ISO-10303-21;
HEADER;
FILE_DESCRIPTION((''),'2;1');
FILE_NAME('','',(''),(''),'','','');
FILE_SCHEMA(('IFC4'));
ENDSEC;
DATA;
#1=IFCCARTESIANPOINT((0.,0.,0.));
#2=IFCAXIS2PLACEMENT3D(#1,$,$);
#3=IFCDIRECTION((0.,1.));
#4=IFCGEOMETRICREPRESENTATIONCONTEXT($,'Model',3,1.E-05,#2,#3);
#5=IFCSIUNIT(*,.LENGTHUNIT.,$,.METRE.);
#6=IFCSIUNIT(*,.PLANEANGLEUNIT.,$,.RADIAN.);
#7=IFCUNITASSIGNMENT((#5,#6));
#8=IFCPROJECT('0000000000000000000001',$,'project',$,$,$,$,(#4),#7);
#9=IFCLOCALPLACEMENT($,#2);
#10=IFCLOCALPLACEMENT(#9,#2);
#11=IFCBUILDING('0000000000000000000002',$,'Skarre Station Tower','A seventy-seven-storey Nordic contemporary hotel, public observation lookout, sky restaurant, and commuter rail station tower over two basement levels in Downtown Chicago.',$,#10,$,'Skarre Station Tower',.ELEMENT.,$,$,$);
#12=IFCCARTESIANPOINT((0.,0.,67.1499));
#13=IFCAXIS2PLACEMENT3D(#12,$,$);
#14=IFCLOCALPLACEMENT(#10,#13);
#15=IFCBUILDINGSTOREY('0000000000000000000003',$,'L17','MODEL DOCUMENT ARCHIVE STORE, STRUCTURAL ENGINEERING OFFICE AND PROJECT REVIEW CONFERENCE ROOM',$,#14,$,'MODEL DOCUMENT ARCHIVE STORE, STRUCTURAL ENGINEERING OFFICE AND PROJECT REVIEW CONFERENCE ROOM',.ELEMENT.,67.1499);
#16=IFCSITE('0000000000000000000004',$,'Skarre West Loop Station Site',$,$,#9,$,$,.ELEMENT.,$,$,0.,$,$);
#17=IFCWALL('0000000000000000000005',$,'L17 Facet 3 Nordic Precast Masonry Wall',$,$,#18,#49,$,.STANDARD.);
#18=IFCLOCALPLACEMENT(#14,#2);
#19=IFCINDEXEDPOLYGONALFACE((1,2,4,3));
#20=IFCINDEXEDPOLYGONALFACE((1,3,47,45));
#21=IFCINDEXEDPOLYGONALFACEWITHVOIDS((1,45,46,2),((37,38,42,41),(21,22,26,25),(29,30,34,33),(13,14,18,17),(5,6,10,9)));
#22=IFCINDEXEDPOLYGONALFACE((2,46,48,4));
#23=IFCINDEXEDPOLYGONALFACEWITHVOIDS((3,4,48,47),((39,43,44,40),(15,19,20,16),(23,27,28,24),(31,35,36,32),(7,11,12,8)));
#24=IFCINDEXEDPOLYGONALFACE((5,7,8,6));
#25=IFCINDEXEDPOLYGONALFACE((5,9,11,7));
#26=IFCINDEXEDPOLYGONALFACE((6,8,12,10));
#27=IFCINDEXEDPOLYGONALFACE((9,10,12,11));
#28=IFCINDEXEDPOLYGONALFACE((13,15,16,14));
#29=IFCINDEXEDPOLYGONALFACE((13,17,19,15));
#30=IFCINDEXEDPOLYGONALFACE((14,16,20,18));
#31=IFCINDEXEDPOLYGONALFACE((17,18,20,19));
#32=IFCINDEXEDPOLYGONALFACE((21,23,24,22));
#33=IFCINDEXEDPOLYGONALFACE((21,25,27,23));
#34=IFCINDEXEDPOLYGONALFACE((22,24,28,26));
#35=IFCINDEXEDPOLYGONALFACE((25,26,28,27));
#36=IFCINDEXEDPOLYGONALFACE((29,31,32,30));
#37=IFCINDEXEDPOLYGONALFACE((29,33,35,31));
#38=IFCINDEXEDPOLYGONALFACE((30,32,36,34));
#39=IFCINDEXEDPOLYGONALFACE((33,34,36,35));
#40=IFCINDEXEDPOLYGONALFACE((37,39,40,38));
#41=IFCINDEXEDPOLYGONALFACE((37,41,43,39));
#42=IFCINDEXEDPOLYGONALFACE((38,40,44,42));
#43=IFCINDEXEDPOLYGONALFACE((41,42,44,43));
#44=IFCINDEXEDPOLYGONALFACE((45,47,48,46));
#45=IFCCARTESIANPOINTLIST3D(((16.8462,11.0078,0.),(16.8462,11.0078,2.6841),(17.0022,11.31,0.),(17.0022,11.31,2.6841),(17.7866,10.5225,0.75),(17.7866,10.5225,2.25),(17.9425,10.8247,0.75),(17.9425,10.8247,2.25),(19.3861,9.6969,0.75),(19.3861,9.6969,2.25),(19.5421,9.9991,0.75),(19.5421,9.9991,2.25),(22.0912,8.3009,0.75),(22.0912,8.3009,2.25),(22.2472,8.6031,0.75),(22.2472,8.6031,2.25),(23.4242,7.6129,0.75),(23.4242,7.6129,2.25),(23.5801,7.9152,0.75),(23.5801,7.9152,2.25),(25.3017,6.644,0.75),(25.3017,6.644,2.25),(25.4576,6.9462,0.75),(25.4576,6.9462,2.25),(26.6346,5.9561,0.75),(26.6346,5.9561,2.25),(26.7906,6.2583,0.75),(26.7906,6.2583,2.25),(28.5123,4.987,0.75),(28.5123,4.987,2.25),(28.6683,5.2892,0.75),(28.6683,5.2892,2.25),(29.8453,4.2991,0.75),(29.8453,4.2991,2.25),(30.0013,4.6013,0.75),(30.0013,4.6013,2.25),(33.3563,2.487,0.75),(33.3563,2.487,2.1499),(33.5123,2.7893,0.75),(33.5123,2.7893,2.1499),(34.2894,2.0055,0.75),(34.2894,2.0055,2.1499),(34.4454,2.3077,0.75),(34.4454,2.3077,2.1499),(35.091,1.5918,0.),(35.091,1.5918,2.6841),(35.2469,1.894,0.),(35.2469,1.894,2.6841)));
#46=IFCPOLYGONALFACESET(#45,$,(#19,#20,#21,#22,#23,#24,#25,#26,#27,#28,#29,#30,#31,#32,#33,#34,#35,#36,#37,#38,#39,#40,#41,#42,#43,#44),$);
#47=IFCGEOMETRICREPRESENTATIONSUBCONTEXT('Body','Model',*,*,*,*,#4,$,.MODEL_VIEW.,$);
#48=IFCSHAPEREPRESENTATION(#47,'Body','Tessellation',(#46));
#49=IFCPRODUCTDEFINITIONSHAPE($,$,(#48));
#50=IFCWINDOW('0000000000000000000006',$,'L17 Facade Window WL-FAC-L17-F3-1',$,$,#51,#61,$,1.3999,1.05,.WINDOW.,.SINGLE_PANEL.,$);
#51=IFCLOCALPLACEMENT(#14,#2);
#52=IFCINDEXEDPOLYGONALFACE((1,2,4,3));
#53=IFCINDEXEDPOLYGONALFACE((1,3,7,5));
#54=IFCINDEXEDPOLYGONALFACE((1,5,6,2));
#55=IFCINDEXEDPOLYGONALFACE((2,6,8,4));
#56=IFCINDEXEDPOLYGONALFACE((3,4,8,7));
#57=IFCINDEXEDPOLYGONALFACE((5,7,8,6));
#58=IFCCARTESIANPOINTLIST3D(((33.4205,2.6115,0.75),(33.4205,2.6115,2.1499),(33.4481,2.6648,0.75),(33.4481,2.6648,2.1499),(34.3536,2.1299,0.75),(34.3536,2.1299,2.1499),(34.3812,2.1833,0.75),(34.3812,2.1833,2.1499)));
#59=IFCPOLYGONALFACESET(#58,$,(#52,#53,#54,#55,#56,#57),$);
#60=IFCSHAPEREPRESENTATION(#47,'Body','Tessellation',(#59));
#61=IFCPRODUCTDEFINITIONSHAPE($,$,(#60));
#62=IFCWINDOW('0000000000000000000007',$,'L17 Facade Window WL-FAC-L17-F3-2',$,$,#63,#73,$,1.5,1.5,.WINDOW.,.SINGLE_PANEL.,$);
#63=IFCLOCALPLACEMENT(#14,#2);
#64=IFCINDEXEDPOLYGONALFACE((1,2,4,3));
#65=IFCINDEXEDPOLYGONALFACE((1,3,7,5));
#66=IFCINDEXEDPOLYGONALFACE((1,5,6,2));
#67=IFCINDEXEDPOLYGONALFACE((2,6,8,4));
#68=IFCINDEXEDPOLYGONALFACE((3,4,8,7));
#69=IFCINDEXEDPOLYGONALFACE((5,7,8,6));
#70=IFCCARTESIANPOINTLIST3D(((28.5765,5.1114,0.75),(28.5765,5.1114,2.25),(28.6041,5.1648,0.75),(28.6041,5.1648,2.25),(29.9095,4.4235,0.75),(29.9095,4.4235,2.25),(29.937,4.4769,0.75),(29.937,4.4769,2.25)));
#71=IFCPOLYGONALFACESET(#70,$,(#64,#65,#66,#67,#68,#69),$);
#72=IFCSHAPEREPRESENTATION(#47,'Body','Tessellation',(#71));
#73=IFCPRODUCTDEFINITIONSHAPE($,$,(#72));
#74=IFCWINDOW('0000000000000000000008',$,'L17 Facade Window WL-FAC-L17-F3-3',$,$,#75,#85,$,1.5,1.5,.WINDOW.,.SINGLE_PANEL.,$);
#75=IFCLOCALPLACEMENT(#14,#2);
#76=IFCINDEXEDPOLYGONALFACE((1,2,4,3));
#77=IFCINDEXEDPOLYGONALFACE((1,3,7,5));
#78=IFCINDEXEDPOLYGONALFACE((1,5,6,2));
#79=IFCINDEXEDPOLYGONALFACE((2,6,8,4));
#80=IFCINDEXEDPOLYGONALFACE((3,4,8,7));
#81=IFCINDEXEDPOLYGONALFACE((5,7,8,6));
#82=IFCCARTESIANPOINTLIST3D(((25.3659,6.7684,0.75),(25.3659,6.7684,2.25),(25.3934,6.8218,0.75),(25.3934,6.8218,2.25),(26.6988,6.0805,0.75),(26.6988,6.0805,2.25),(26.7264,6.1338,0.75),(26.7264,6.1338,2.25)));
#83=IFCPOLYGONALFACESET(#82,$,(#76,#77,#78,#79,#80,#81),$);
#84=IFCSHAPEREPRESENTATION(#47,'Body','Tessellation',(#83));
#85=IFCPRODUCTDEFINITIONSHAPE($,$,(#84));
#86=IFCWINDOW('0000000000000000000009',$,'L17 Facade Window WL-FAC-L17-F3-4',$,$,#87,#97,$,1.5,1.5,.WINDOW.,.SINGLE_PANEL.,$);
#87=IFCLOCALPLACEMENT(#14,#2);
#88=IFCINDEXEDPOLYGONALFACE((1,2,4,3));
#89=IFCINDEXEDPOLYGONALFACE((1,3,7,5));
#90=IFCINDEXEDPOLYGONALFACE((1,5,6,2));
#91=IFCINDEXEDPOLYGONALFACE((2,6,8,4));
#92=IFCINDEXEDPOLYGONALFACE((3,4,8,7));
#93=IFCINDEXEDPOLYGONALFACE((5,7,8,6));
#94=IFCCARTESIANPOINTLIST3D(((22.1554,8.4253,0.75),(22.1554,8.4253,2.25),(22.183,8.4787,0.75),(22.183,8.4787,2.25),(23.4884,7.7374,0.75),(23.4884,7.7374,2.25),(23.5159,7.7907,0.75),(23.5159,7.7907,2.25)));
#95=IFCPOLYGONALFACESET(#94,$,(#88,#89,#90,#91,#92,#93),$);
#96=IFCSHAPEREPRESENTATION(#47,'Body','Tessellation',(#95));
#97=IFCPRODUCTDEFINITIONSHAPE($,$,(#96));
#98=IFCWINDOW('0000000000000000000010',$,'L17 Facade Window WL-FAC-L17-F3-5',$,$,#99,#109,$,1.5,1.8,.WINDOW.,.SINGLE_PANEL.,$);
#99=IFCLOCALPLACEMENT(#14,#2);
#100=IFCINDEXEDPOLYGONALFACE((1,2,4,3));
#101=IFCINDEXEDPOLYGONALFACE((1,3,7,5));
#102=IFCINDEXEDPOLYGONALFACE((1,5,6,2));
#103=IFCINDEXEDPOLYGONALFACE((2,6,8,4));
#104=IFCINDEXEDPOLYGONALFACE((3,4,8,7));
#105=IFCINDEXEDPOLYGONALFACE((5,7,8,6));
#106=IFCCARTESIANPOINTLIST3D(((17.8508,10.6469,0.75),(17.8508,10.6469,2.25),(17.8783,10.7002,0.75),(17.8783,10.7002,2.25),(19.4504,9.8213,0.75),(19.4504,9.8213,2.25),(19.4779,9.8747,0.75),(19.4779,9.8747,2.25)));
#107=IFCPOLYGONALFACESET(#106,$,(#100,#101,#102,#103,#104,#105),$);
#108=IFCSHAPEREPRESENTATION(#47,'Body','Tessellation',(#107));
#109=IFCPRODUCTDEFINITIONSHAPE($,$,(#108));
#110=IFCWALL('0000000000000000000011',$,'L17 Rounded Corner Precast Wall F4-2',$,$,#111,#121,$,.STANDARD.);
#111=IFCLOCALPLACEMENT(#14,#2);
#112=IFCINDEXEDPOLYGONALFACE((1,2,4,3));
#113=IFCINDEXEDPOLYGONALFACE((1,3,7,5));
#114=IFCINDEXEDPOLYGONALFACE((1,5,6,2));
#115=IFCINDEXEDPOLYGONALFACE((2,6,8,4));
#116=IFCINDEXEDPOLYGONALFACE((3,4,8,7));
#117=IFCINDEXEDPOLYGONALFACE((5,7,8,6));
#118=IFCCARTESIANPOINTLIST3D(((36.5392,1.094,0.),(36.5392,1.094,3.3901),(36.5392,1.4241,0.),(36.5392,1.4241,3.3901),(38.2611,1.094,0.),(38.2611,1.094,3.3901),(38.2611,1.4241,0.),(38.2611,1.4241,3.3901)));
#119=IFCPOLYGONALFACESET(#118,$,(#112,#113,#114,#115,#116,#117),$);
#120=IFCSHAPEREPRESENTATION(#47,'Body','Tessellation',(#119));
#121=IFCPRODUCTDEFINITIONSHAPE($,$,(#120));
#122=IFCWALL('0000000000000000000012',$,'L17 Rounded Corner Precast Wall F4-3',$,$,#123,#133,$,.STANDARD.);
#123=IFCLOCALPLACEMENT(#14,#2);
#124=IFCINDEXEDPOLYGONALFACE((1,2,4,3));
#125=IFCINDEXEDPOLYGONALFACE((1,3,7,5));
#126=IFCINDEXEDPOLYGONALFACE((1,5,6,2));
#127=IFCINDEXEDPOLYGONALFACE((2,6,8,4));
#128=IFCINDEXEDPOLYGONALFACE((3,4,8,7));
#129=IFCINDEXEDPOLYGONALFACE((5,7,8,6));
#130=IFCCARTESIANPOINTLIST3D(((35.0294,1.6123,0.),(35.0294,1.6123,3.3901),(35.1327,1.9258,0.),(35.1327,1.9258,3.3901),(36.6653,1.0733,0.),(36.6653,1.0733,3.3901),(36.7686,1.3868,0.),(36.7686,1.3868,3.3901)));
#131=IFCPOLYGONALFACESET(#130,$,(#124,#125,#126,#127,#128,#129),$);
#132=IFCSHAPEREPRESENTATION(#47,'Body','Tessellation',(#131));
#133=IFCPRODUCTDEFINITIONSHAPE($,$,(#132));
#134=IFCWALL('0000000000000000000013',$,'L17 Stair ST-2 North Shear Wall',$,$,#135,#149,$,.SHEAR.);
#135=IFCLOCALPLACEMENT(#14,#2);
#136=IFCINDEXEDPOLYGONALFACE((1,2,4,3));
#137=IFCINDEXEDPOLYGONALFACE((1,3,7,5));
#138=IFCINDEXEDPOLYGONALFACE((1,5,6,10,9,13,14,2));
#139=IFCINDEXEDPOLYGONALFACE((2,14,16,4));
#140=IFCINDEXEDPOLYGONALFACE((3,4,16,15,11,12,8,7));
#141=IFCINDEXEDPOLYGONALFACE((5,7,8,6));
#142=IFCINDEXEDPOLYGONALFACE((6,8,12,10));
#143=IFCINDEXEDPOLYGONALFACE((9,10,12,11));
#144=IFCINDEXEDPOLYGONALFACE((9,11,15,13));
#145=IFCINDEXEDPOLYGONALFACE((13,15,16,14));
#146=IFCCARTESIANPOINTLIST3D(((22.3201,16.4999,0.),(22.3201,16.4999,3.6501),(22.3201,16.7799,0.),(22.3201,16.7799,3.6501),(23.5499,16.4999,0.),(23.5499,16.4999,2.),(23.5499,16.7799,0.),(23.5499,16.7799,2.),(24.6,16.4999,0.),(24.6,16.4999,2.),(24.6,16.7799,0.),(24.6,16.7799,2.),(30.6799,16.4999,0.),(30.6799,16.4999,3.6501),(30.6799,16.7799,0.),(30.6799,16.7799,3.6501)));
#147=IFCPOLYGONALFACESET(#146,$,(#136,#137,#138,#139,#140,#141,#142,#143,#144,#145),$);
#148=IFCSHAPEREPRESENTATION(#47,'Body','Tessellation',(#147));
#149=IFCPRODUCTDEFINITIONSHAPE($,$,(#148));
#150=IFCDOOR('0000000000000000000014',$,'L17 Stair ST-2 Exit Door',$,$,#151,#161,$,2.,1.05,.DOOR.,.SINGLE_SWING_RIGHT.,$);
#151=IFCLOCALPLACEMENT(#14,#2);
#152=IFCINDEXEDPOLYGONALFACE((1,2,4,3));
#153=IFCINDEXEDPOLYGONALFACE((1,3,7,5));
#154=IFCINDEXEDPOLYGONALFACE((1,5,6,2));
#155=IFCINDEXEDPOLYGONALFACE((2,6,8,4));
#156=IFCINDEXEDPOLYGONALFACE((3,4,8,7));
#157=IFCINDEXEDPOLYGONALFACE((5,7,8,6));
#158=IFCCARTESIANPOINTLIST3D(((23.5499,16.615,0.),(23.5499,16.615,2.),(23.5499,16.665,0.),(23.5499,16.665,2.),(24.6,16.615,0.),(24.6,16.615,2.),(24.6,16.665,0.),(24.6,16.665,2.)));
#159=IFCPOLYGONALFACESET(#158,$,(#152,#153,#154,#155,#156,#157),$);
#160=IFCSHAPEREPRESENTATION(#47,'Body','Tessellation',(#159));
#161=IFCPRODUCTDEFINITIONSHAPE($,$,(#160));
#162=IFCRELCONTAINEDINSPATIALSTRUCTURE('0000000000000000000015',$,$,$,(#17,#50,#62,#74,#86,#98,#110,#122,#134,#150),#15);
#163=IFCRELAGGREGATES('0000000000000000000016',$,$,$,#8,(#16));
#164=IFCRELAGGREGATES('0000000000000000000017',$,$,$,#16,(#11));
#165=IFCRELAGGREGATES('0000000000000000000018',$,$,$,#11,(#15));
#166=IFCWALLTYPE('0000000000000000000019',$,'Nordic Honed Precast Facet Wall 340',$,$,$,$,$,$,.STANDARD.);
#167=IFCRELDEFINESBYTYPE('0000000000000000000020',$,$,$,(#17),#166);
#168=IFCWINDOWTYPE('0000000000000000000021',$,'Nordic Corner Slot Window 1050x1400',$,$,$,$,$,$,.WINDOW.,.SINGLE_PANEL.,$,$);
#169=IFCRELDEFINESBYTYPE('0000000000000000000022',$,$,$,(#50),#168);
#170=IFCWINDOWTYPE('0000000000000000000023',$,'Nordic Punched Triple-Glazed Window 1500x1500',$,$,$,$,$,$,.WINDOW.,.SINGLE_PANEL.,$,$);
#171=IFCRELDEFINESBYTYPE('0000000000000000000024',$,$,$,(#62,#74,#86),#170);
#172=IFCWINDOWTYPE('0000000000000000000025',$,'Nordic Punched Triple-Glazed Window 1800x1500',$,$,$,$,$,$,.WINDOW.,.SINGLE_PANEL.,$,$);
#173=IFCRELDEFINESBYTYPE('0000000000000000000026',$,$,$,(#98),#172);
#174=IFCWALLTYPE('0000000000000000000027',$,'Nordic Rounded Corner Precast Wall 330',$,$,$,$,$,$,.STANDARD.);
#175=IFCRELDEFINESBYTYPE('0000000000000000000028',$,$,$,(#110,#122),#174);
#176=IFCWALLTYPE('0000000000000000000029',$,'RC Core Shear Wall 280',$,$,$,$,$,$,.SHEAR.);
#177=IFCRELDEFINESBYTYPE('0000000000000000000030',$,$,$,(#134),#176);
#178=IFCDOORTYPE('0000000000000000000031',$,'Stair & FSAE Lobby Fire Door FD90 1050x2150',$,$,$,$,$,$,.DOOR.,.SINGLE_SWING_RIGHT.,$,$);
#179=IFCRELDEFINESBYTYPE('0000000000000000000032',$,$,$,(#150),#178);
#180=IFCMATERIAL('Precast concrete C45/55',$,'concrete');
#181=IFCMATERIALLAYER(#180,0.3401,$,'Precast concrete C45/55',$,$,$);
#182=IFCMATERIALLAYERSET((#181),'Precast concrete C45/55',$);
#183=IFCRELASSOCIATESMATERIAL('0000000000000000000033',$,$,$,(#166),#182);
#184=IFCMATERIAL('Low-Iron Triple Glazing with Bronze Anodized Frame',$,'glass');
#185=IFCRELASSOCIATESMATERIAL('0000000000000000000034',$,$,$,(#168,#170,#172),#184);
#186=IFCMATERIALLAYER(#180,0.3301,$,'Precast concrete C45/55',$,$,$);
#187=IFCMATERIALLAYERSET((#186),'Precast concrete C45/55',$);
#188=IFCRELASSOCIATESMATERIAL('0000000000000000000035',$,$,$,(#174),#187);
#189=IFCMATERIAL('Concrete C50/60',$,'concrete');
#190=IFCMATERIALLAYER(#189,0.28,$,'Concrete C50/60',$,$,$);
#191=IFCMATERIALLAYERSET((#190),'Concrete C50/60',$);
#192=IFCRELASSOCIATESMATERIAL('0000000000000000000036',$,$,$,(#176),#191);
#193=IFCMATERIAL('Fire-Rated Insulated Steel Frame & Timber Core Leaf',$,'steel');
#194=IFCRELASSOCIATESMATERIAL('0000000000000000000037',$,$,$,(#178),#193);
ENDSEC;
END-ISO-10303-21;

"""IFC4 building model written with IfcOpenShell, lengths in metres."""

from ifc_helpers import new_model, si_unit, direction, frame, frame_2d, origin, place, context, subcontext, project, spatial, rectangle, extrude, material, layer, layer_set, type_object, element, fill, save


model = new_model("IFC4")

# Units and contexts
model_context = context("Model", 3, precision=1e-05, world=origin(), true_north=direction((0.0, 1.0)))
body_context = subcontext(model_context, "Body", "Model", "MODEL_VIEW")
ifc_project = project(units=[si_unit("LENGTHUNIT", "METRE"), si_unit("PLANEANGLEUNIT", "RADIAN")], contexts=[model_context])

# Site, building, storey
site_placement = place(None, origin())
site = spatial("IfcSite", under=ifc_project, at=site_placement, Name="Skarre West Loop Station Site", CompositionType="ELEMENT", RefElevation=0.0)
building_placement = place(site_placement, origin())
building = spatial("IfcBuilding", under=site, at=building_placement, Name="Skarre Station Tower", Description="A seventy-seven-storey Nordic contemporary hotel, public observation lookout, sky restaurant, and commuter rail station tower over two basement levels in Downtown Chicago.", LongName="Skarre Station Tower", CompositionType="ELEMENT")
storey_placement = place(building_placement, frame((0.0, 0.0, 67.1499)))
storey = spatial("IfcBuildingStorey", under=building, at=storey_placement, Name="L17", Description="MODEL DOCUMENT ARCHIVE STORE, STRUCTURAL ENGINEERING OFFICE AND PROJECT REVIEW CONFERENCE ROOM", LongName="MODEL DOCUMENT ARCHIVE STORE, STRUCTURAL ENGINEERING OFFICE AND PROJECT REVIEW CONFERENCE ROOM", CompositionType="ELEMENT", Elevation=67.1499)

# Wall, openings, windows
ifc_material_1 = material(Name="Precast concrete C45/55", Category="concrete")
ifc_layer_1 = layer(ifc_material_1, 0.3401, Name="Precast concrete C45/55")
ifc_layer_set_1 = layer_set([ifc_layer_1], Name="Precast concrete C45/55")
wall_type_1 = type_object("IfcWallType", Name="Nordic Honed Precast Facet Wall 340", PredefinedType="STANDARD", material=ifc_layer_set_1)
wall_1_placement = place(storey_placement, frame((35.1689, 1.7429, 0.0), z_axis=(0.0, 0.0, 1.0), x_axis=(-0.888634, 0.458616, 0.0)))
wall_1 = element("IfcWall", 1, at=wall_1_placement, inside=storey, type_object=wall_type_1, Name="L17 Facet 3 Nordic Precast Masonry Wall", PredefinedType="STANDARD", context=body_context, shape_type="SweptSolid", body=[
    extrude(rectangle(XDim=20.5312, YDim=0.3401, at=frame_2d((10.2656, 0.0))), origin(), (0.0, 0.0, 1.0), 2.6841),
])
opening_1_placement = place(wall_1_placement, frame((0.9021, 0.0, 0.75)))
opening_1 = element("IfcOpeningElement", 2, at=opening_1_placement, cuts=wall_1, PredefinedType="OPENING", context=body_context, shape_type="SweptSolid", body=[
    extrude(rectangle(XDim=1.05, YDim=1.3999, at=frame_2d((0.5249, 0.7))), frame((0.0, 0.1799, 0.0), z_axis=(0.0, -1.0, 0.0), x_axis=(1.0, 0.0, 0.0)), (0.0, 0.0, 1.0), 0.3601),
])
opening_2_placement = place(wall_1_placement, frame((5.9031, 0.0, 0.75)))
opening_2 = element("IfcOpeningElement", 3, at=opening_2_placement, cuts=wall_1, PredefinedType="OPENING", context=body_context, shape_type="SweptSolid", body=[
    extrude(rectangle(XDim=1.5, YDim=1.5, at=frame_2d((0.75, 0.75))), frame((0.0, 0.1799, 0.0), z_axis=(0.0, -1.0, 0.0), x_axis=(1.0, 0.0, 0.0)), (0.0, 0.0, 1.0), 0.3601),
])
opening_3_placement = place(wall_1_placement, frame((9.5161, 0.0, 0.75)))
opening_3 = element("IfcOpeningElement", 4, at=opening_3_placement, cuts=wall_1, PredefinedType="OPENING", context=body_context, shape_type="SweptSolid", body=[
    extrude(rectangle(XDim=1.5, YDim=1.5, at=frame_2d((0.75, 0.75))), frame((0.0, 0.1799, 0.0), z_axis=(0.0, -1.0, 0.0), x_axis=(1.0, 0.0, 0.0)), (0.0, 0.0, 1.0), 0.3601),
])
opening_4_placement = place(wall_1_placement, frame((13.1289, 0.0, 0.75)))
opening_4 = element("IfcOpeningElement", 5, at=opening_4_placement, cuts=wall_1, PredefinedType="OPENING", context=body_context, shape_type="SweptSolid", body=[
    extrude(rectangle(XDim=1.5, YDim=1.5, at=frame_2d((0.75, 0.75))), frame((0.0, 0.1799, 0.0), z_axis=(0.0, -1.0, 0.0), x_axis=(1.0, 0.0, 0.0)), (0.0, 0.0, 1.0), 0.3601),
])
opening_5_placement = place(wall_1_placement, frame((17.6731, 0.0, 0.75)))
opening_5 = element("IfcOpeningElement", 6, at=opening_5_placement, cuts=wall_1, PredefinedType="OPENING", context=body_context, shape_type="SweptSolid", body=[
    extrude(rectangle(XDim=1.8, YDim=1.5, at=frame_2d((0.8999, 0.75))), frame((0.0, 0.1799, 0.0), z_axis=(0.0, -1.0, 0.0), x_axis=(1.0, 0.0, 0.0)), (0.0, 0.0, 1.0), 0.3601),
])
ifc_material_2 = material(Name="Low-Iron Triple Glazing with Bronze Anodized Frame", Category="glass")
window_type_1 = type_object("IfcWindowType", Name="Nordic Corner Slot Window 1050x1400", PartitioningType="SINGLE_PANEL", PredefinedType="WINDOW", material=ifc_material_2)
window_1_placement = place(opening_1_placement, origin())
window_1 = element("IfcWindow", 7, at=window_1_placement, inside=storey, type_object=window_type_1, Name="L17 Facade Window WL-FAC-L17-F3-1", OverallHeight=1.3999, OverallWidth=1.05, PartitioningType="SINGLE_PANEL", PredefinedType="WINDOW", context=body_context, shape_type="SweptSolid", body=[
    extrude(rectangle(XDim=1.05, YDim=1.3999, at=frame_2d((0.5249, 0.7))), frame((0.0, 0.03, 0.0), z_axis=(0.0, -1.0, 0.0), x_axis=(1.0, 0.0, 0.0)), (0.0, 0.0, 1.0), 0.0601),
])
fill(opening_1, window_1)
window_type_2 = type_object("IfcWindowType", Name="Nordic Punched Triple-Glazed Window 1500x1500", PartitioningType="SINGLE_PANEL", PredefinedType="WINDOW", material=ifc_material_2)
window_2_placement = place(opening_2_placement, origin())
window_2 = element("IfcWindow", 8, at=window_2_placement, inside=storey, type_object=window_type_2, Name="L17 Facade Window WL-FAC-L17-F3-2", OverallHeight=1.5, OverallWidth=1.5, PartitioningType="SINGLE_PANEL", PredefinedType="WINDOW", context=body_context, shape_type="SweptSolid", body=[
    extrude(rectangle(XDim=1.5, YDim=1.5, at=frame_2d((0.75, 0.75))), frame((0.0, 0.03, 0.0), z_axis=(0.0, -1.0, 0.0), x_axis=(1.0, 0.0, 0.0)), (0.0, 0.0, 1.0), 0.0601),
])
fill(opening_2, window_2)
window_3_placement = place(opening_3_placement, origin())
window_3 = element("IfcWindow", 9, at=window_3_placement, inside=storey, type_object=window_type_2, Name="L17 Facade Window WL-FAC-L17-F3-3", OverallHeight=1.5, OverallWidth=1.5, PartitioningType="SINGLE_PANEL", PredefinedType="WINDOW", context=body_context, shape_type="SweptSolid", body=[
    extrude(rectangle(XDim=1.5, YDim=1.5, at=frame_2d((0.75, 0.75))), frame((0.0, 0.03, 0.0), z_axis=(0.0, -1.0, 0.0), x_axis=(1.0, 0.0, 0.0)), (0.0, 0.0, 1.0), 0.0601),
])
fill(opening_3, window_3)
window_4_placement = place(opening_4_placement, origin())
window_4 = element("IfcWindow", 10, at=window_4_placement, inside=storey, type_object=window_type_2, Name="L17 Facade Window WL-FAC-L17-F3-4", OverallHeight=1.5, OverallWidth=1.5, PartitioningType="SINGLE_PANEL", PredefinedType="WINDOW", context=body_context, shape_type="SweptSolid", body=[
    extrude(rectangle(XDim=1.5, YDim=1.5, at=frame_2d((0.75, 0.75))), frame((0.0, 0.03, 0.0), z_axis=(0.0, -1.0, 0.0), x_axis=(1.0, 0.0, 0.0)), (0.0, 0.0, 1.0), 0.0601),
])
fill(opening_4, window_4)
window_type_3 = type_object("IfcWindowType", Name="Nordic Punched Triple-Glazed Window 1800x1500", PartitioningType="SINGLE_PANEL", PredefinedType="WINDOW", material=ifc_material_2)
window_5_placement = place(opening_5_placement, origin())
window_5 = element("IfcWindow", 11, at=window_5_placement, inside=storey, type_object=window_type_3, Name="L17 Facade Window WL-FAC-L17-F3-5", OverallHeight=1.5, OverallWidth=1.8, PartitioningType="SINGLE_PANEL", PredefinedType="WINDOW", context=body_context, shape_type="SweptSolid", body=[
    extrude(rectangle(XDim=1.8, YDim=1.5, at=frame_2d((0.8999, 0.75))), frame((0.0, 0.03, 0.0), z_axis=(0.0, -1.0, 0.0), x_axis=(1.0, 0.0, 0.0)), (0.0, 0.0, 1.0), 0.0601),
])
fill(opening_5, window_5)

# Walls
ifc_layer_2 = layer(ifc_material_1, 0.3301, Name="Precast concrete C45/55")
ifc_layer_set_2 = layer_set([ifc_layer_2], Name="Precast concrete C45/55")
wall_type_2 = type_object("IfcWallType", Name="Nordic Rounded Corner Precast Wall 330", PredefinedType="STANDARD", material=ifc_layer_set_2)
wall_2_placement = place(storey_placement, frame((38.261, 1.259, 0.0), z_axis=(0.0, 0.0, 1.0), x_axis=(-1.0, 0.0, 0.0)))
element("IfcWall", 12, at=wall_2_placement, inside=storey, type_object=wall_type_2, Name="L17 Rounded Corner Precast Wall F4-2", PredefinedType="STANDARD", context=body_context, shape_type="SweptSolid", body=[
    extrude(rectangle(XDim=1.7219, YDim=0.3301, at=frame_2d((0.8608, 0.0))), origin(), (0.0, 0.0, 1.0), 3.3901),
])
wall_3_placement = place(storey_placement, frame((36.717, 1.23, 0.0), z_axis=(0.0, 0.0, 1.0), x_axis=(-0.949769, 0.312952, 0.0)))
element("IfcWall", 13, at=wall_3_placement, inside=storey, type_object=wall_type_2, Name="L17 Rounded Corner Precast Wall F4-3", PredefinedType="STANDARD", context=body_context, shape_type="SweptSolid", body=[
    extrude(rectangle(XDim=1.7224, YDim=0.3301, at=frame_2d((0.8613, 0.0))), origin(), (0.0, 0.0, 1.0), 3.3901),
])

# Wall, opening, door
ifc_material_3 = material(Name="Concrete C50/60", Category="concrete")
ifc_layer_3 = layer(ifc_material_3, 0.28, Name="Concrete C50/60")
ifc_layer_set_3 = layer_set([ifc_layer_3], Name="Concrete C50/60")
wall_type_3 = type_object("IfcWallType", Name="RC Core Shear Wall 280", PredefinedType="SHEAR", material=ifc_layer_set_3)
wall_4_placement = place(storey_placement, frame((30.6799, 16.6399, 0.0), z_axis=(0.0, 0.0, 1.0), x_axis=(-1.0, 0.0, 0.0)))
wall_4 = element("IfcWall", 14, at=wall_4_placement, inside=storey, type_object=wall_type_3, Name="L17 Stair ST-2 North Shear Wall", PredefinedType="SHEAR", context=body_context, shape_type="SweptSolid", body=[
    extrude(rectangle(XDim=8.3599, YDim=0.28, at=frame_2d((4.1799, 0.0))), origin(), (0.0, 0.0, 1.0), 3.6501),
])
opening_6_placement = place(wall_4_placement, frame((6.0801, 0.0, 0.0)))
opening_6 = element("IfcOpeningElement", 15, at=opening_6_placement, cuts=wall_4, PredefinedType="OPENING", context=body_context, shape_type="SweptSolid", body=[
    extrude(rectangle(XDim=1.05, YDim=2.0, at=frame_2d((0.5249, 1.0))), frame((0.0, 0.1499, 0.0), z_axis=(0.0, -1.0, 0.0), x_axis=(1.0, 0.0, 0.0)), (0.0, 0.0, 1.0), 0.3),
])
ifc_material_4 = material(Name="Fire-Rated Insulated Steel Frame & Timber Core Leaf", Category="steel")
door_type_1 = type_object("IfcDoorType", Name="Stair & FSAE Lobby Fire Door FD90 1050x2150", OperationType="SINGLE_SWING_RIGHT", PredefinedType="DOOR", material=ifc_material_4)
door_1_placement = place(opening_6_placement, origin())
door_1 = element("IfcDoor", 16, at=door_1_placement, inside=storey, type_object=door_type_1, Name="L17 Stair ST-2 Exit Door", OperationType="SINGLE_SWING_RIGHT", OverallHeight=2.0, OverallWidth=1.05, PredefinedType="DOOR", context=body_context, shape_type="SweptSolid", body=[
    extrude(rectangle(XDim=1.05, YDim=2.0, at=frame_2d((0.5249, 1.0))), frame((0.0, 0.0249, 0.0), z_axis=(0.0, -1.0, 0.0), x_axis=(1.0, 0.0, 0.0)), (0.0, 0.0, 1.0), 0.05),
])
fill(opening_6, door_1)

save(model, "model.ifc")
